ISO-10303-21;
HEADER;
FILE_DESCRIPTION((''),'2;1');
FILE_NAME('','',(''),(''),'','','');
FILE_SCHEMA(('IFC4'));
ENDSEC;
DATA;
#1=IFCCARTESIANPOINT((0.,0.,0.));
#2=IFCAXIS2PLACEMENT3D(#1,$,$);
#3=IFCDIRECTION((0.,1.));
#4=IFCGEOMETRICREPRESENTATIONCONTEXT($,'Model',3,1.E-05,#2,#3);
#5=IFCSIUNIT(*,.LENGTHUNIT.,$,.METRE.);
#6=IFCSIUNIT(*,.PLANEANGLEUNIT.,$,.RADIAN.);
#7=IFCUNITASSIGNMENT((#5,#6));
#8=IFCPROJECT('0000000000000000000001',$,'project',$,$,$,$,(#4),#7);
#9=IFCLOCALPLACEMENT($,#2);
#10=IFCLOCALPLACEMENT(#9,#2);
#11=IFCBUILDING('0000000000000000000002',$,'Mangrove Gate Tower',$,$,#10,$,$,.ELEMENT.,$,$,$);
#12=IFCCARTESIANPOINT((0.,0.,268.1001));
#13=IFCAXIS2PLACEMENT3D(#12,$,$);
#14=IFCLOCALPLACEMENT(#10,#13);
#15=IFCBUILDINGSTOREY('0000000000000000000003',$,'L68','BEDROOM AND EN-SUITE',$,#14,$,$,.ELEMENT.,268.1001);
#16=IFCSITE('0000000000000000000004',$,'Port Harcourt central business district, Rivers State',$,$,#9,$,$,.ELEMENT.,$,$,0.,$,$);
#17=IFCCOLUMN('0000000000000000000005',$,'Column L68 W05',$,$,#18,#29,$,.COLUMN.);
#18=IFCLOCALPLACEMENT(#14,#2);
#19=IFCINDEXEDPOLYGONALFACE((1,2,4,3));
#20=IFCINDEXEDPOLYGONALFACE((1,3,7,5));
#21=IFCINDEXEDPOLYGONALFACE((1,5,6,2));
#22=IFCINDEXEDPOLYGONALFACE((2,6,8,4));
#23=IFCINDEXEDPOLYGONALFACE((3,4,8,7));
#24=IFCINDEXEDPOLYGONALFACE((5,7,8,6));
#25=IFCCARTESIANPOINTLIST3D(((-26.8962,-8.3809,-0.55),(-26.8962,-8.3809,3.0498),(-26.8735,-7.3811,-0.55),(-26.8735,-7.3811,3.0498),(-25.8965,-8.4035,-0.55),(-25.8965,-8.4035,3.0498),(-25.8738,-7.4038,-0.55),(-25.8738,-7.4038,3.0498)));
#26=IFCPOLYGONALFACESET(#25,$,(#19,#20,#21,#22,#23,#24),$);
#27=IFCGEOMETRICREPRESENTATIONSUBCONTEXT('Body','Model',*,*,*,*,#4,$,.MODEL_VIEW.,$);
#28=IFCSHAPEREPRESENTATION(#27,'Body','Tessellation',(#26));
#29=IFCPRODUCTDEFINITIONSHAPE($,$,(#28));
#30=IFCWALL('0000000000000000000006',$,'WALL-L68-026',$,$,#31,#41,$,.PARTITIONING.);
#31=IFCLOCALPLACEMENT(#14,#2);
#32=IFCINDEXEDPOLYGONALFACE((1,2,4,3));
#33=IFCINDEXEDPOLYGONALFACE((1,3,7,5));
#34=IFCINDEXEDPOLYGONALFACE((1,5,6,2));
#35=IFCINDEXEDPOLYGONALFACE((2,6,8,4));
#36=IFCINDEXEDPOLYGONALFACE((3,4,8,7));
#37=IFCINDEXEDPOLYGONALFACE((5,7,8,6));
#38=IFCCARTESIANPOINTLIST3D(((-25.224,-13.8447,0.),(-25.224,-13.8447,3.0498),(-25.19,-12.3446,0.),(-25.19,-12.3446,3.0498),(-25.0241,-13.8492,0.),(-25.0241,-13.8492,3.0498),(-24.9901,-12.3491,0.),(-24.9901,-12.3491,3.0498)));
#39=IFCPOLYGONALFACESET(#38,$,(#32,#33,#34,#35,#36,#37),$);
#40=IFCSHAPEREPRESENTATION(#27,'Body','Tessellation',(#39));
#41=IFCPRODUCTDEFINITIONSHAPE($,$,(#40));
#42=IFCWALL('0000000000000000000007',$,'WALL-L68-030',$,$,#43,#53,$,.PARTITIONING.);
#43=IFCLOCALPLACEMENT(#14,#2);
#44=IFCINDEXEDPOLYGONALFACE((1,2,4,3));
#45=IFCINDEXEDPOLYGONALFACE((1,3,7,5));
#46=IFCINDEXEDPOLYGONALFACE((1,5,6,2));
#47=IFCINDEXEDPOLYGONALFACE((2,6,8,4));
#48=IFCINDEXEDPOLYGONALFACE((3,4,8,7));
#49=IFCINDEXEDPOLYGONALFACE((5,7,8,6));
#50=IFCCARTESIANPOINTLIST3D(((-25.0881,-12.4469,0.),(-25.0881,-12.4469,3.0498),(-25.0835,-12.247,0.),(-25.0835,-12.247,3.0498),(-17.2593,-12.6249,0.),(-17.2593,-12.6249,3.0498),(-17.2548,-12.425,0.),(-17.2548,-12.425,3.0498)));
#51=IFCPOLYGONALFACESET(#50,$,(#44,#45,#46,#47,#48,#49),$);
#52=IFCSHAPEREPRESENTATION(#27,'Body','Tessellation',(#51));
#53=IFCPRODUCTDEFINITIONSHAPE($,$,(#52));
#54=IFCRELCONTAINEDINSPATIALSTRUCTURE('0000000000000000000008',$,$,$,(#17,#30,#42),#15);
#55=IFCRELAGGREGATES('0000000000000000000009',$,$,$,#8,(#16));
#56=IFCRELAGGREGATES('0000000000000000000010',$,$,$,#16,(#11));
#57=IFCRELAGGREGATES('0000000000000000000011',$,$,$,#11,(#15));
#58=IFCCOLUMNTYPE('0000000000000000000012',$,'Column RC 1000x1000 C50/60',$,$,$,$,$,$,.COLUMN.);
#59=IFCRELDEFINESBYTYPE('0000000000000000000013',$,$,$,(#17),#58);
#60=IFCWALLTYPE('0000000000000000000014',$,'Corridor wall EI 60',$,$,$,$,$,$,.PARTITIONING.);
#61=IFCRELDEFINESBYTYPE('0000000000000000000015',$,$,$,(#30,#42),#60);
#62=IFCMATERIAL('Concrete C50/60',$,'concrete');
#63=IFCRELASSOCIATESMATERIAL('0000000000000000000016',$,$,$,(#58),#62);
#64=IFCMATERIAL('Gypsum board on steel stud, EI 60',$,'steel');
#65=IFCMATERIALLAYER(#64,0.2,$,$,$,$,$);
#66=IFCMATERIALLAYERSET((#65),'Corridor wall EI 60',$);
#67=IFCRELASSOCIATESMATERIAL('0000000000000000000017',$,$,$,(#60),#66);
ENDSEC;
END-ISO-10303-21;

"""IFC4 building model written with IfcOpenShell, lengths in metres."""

from ifc_helpers import new_model, si_unit, direction, frame, frame_2d, origin, origin_2d, place, context, subcontext, project, spatial, rectangle, extrude, material, layer, layer_set, material_profile, profile_set, type_object, element, save


model = new_model("IFC4")

# Units and contexts
model_context = context("Model", 3, precision=1e-05, world=origin(), true_north=direction((0.0, 1.0)))
body_context = subcontext(model_context, "Body", "Model", "MODEL_VIEW")
ifc_project = project(units=[si_unit("LENGTHUNIT", "METRE"), si_unit("PLANEANGLEUNIT", "RADIAN")], contexts=[model_context])

# Site, building, storey
site_placement = place(None, origin())
site = spatial("IfcSite", under=ifc_project, at=site_placement, Name="Port Harcourt central business district, Rivers State", CompositionType="ELEMENT", RefElevation=0.0)
building_placement = place(site_placement, origin())
building = spatial("IfcBuilding", under=site, at=building_placement, Name="Mangrove Gate Tower", CompositionType="ELEMENT")
storey_placement = place(building_placement, frame((0.0, 0.0, 268.1001)))
storey = spatial("IfcBuildingStorey", under=building, at=storey_placement, Name="L68", Description="BEDROOM AND EN-SUITE", CompositionType="ELEMENT", Elevation=268.1001)

# Column
ifc_material_1 = material(Name="Concrete C50/60", Category="concrete")
ifc_material_profile = material_profile(ifc_material_1, rectangle(XDim=1.0, YDim=1.0, at=origin_2d()))
ifc_profile_set = profile_set([ifc_material_profile], Name="Concrete C50/60")
column_type = type_object("IfcColumnType", Name="Column RC 1000x1000 C50/60", PredefinedType="COLUMN", material=ifc_profile_set)
column_placement = place(storey_placement, frame((-26.385, -7.8923, -0.55), z_axis=(0.0, 0.0, 1.0), x_axis=(-0.022672, -0.999743, 0.0)))
element("IfcColumn", 1, at=column_placement, inside=storey, type_object=column_type, Name="Column L68 W05", PredefinedType="COLUMN", context=body_context, shape_type="SweptSolid", body=[
    extrude(rectangle(XDim=1.0, YDim=1.0, at=origin_2d()), origin(), (0.0, 0.0, 1.0), 3.5999),
])

# Wall
ifc_material_2 = material(Name="Gypsum board on steel stud, EI 60", Category="steel")
ifc_layer = layer(ifc_material_2, 0.2)
ifc_layer_set = layer_set([ifc_layer], Name="Corridor wall EI 60")
wall_type = type_object("IfcWallType", Name="Corridor wall EI 60", PredefinedType="PARTITIONING", material=ifc_layer_set)
wall_1_placement = place(storey_placement, frame((-25.124, -13.8469, 0.0), z_axis=(0.0, 0.0, 1.0), x_axis=(0.022618, 0.999744, 0.0)))
element("IfcWall", 2, at=wall_1_placement, inside=storey, type_object=wall_type, Name="WALL-L68-026", PredefinedType="PARTITIONING", context=body_context, shape_type="SweptSolid", body=[
    extrude(rectangle(XDim=1.5005, YDim=0.2, at=frame_2d((0.7502, 0.0))), origin(), (0.0, 0.0, 1.0), 3.0498),
])

# Wall
wall_2_placement = place(storey_placement, frame((-25.0859, -12.3469, 0.0), z_axis=(0.0, 0.0, 1.0), x_axis=(0.999742, -0.022728, 0.0)))
element("IfcWall", 3, at=wall_2_placement, inside=storey, type_object=wall_type, Name="WALL-L68-030", PredefinedType="PARTITIONING", context=body_context, shape_type="SweptSolid", body=[
    extrude(rectangle(XDim=7.8308, YDim=0.2, at=frame_2d((3.9155, 0.0))), origin(), (0.0, 0.0, 1.0), 3.0498),
])

save(model, "model.ifc")
